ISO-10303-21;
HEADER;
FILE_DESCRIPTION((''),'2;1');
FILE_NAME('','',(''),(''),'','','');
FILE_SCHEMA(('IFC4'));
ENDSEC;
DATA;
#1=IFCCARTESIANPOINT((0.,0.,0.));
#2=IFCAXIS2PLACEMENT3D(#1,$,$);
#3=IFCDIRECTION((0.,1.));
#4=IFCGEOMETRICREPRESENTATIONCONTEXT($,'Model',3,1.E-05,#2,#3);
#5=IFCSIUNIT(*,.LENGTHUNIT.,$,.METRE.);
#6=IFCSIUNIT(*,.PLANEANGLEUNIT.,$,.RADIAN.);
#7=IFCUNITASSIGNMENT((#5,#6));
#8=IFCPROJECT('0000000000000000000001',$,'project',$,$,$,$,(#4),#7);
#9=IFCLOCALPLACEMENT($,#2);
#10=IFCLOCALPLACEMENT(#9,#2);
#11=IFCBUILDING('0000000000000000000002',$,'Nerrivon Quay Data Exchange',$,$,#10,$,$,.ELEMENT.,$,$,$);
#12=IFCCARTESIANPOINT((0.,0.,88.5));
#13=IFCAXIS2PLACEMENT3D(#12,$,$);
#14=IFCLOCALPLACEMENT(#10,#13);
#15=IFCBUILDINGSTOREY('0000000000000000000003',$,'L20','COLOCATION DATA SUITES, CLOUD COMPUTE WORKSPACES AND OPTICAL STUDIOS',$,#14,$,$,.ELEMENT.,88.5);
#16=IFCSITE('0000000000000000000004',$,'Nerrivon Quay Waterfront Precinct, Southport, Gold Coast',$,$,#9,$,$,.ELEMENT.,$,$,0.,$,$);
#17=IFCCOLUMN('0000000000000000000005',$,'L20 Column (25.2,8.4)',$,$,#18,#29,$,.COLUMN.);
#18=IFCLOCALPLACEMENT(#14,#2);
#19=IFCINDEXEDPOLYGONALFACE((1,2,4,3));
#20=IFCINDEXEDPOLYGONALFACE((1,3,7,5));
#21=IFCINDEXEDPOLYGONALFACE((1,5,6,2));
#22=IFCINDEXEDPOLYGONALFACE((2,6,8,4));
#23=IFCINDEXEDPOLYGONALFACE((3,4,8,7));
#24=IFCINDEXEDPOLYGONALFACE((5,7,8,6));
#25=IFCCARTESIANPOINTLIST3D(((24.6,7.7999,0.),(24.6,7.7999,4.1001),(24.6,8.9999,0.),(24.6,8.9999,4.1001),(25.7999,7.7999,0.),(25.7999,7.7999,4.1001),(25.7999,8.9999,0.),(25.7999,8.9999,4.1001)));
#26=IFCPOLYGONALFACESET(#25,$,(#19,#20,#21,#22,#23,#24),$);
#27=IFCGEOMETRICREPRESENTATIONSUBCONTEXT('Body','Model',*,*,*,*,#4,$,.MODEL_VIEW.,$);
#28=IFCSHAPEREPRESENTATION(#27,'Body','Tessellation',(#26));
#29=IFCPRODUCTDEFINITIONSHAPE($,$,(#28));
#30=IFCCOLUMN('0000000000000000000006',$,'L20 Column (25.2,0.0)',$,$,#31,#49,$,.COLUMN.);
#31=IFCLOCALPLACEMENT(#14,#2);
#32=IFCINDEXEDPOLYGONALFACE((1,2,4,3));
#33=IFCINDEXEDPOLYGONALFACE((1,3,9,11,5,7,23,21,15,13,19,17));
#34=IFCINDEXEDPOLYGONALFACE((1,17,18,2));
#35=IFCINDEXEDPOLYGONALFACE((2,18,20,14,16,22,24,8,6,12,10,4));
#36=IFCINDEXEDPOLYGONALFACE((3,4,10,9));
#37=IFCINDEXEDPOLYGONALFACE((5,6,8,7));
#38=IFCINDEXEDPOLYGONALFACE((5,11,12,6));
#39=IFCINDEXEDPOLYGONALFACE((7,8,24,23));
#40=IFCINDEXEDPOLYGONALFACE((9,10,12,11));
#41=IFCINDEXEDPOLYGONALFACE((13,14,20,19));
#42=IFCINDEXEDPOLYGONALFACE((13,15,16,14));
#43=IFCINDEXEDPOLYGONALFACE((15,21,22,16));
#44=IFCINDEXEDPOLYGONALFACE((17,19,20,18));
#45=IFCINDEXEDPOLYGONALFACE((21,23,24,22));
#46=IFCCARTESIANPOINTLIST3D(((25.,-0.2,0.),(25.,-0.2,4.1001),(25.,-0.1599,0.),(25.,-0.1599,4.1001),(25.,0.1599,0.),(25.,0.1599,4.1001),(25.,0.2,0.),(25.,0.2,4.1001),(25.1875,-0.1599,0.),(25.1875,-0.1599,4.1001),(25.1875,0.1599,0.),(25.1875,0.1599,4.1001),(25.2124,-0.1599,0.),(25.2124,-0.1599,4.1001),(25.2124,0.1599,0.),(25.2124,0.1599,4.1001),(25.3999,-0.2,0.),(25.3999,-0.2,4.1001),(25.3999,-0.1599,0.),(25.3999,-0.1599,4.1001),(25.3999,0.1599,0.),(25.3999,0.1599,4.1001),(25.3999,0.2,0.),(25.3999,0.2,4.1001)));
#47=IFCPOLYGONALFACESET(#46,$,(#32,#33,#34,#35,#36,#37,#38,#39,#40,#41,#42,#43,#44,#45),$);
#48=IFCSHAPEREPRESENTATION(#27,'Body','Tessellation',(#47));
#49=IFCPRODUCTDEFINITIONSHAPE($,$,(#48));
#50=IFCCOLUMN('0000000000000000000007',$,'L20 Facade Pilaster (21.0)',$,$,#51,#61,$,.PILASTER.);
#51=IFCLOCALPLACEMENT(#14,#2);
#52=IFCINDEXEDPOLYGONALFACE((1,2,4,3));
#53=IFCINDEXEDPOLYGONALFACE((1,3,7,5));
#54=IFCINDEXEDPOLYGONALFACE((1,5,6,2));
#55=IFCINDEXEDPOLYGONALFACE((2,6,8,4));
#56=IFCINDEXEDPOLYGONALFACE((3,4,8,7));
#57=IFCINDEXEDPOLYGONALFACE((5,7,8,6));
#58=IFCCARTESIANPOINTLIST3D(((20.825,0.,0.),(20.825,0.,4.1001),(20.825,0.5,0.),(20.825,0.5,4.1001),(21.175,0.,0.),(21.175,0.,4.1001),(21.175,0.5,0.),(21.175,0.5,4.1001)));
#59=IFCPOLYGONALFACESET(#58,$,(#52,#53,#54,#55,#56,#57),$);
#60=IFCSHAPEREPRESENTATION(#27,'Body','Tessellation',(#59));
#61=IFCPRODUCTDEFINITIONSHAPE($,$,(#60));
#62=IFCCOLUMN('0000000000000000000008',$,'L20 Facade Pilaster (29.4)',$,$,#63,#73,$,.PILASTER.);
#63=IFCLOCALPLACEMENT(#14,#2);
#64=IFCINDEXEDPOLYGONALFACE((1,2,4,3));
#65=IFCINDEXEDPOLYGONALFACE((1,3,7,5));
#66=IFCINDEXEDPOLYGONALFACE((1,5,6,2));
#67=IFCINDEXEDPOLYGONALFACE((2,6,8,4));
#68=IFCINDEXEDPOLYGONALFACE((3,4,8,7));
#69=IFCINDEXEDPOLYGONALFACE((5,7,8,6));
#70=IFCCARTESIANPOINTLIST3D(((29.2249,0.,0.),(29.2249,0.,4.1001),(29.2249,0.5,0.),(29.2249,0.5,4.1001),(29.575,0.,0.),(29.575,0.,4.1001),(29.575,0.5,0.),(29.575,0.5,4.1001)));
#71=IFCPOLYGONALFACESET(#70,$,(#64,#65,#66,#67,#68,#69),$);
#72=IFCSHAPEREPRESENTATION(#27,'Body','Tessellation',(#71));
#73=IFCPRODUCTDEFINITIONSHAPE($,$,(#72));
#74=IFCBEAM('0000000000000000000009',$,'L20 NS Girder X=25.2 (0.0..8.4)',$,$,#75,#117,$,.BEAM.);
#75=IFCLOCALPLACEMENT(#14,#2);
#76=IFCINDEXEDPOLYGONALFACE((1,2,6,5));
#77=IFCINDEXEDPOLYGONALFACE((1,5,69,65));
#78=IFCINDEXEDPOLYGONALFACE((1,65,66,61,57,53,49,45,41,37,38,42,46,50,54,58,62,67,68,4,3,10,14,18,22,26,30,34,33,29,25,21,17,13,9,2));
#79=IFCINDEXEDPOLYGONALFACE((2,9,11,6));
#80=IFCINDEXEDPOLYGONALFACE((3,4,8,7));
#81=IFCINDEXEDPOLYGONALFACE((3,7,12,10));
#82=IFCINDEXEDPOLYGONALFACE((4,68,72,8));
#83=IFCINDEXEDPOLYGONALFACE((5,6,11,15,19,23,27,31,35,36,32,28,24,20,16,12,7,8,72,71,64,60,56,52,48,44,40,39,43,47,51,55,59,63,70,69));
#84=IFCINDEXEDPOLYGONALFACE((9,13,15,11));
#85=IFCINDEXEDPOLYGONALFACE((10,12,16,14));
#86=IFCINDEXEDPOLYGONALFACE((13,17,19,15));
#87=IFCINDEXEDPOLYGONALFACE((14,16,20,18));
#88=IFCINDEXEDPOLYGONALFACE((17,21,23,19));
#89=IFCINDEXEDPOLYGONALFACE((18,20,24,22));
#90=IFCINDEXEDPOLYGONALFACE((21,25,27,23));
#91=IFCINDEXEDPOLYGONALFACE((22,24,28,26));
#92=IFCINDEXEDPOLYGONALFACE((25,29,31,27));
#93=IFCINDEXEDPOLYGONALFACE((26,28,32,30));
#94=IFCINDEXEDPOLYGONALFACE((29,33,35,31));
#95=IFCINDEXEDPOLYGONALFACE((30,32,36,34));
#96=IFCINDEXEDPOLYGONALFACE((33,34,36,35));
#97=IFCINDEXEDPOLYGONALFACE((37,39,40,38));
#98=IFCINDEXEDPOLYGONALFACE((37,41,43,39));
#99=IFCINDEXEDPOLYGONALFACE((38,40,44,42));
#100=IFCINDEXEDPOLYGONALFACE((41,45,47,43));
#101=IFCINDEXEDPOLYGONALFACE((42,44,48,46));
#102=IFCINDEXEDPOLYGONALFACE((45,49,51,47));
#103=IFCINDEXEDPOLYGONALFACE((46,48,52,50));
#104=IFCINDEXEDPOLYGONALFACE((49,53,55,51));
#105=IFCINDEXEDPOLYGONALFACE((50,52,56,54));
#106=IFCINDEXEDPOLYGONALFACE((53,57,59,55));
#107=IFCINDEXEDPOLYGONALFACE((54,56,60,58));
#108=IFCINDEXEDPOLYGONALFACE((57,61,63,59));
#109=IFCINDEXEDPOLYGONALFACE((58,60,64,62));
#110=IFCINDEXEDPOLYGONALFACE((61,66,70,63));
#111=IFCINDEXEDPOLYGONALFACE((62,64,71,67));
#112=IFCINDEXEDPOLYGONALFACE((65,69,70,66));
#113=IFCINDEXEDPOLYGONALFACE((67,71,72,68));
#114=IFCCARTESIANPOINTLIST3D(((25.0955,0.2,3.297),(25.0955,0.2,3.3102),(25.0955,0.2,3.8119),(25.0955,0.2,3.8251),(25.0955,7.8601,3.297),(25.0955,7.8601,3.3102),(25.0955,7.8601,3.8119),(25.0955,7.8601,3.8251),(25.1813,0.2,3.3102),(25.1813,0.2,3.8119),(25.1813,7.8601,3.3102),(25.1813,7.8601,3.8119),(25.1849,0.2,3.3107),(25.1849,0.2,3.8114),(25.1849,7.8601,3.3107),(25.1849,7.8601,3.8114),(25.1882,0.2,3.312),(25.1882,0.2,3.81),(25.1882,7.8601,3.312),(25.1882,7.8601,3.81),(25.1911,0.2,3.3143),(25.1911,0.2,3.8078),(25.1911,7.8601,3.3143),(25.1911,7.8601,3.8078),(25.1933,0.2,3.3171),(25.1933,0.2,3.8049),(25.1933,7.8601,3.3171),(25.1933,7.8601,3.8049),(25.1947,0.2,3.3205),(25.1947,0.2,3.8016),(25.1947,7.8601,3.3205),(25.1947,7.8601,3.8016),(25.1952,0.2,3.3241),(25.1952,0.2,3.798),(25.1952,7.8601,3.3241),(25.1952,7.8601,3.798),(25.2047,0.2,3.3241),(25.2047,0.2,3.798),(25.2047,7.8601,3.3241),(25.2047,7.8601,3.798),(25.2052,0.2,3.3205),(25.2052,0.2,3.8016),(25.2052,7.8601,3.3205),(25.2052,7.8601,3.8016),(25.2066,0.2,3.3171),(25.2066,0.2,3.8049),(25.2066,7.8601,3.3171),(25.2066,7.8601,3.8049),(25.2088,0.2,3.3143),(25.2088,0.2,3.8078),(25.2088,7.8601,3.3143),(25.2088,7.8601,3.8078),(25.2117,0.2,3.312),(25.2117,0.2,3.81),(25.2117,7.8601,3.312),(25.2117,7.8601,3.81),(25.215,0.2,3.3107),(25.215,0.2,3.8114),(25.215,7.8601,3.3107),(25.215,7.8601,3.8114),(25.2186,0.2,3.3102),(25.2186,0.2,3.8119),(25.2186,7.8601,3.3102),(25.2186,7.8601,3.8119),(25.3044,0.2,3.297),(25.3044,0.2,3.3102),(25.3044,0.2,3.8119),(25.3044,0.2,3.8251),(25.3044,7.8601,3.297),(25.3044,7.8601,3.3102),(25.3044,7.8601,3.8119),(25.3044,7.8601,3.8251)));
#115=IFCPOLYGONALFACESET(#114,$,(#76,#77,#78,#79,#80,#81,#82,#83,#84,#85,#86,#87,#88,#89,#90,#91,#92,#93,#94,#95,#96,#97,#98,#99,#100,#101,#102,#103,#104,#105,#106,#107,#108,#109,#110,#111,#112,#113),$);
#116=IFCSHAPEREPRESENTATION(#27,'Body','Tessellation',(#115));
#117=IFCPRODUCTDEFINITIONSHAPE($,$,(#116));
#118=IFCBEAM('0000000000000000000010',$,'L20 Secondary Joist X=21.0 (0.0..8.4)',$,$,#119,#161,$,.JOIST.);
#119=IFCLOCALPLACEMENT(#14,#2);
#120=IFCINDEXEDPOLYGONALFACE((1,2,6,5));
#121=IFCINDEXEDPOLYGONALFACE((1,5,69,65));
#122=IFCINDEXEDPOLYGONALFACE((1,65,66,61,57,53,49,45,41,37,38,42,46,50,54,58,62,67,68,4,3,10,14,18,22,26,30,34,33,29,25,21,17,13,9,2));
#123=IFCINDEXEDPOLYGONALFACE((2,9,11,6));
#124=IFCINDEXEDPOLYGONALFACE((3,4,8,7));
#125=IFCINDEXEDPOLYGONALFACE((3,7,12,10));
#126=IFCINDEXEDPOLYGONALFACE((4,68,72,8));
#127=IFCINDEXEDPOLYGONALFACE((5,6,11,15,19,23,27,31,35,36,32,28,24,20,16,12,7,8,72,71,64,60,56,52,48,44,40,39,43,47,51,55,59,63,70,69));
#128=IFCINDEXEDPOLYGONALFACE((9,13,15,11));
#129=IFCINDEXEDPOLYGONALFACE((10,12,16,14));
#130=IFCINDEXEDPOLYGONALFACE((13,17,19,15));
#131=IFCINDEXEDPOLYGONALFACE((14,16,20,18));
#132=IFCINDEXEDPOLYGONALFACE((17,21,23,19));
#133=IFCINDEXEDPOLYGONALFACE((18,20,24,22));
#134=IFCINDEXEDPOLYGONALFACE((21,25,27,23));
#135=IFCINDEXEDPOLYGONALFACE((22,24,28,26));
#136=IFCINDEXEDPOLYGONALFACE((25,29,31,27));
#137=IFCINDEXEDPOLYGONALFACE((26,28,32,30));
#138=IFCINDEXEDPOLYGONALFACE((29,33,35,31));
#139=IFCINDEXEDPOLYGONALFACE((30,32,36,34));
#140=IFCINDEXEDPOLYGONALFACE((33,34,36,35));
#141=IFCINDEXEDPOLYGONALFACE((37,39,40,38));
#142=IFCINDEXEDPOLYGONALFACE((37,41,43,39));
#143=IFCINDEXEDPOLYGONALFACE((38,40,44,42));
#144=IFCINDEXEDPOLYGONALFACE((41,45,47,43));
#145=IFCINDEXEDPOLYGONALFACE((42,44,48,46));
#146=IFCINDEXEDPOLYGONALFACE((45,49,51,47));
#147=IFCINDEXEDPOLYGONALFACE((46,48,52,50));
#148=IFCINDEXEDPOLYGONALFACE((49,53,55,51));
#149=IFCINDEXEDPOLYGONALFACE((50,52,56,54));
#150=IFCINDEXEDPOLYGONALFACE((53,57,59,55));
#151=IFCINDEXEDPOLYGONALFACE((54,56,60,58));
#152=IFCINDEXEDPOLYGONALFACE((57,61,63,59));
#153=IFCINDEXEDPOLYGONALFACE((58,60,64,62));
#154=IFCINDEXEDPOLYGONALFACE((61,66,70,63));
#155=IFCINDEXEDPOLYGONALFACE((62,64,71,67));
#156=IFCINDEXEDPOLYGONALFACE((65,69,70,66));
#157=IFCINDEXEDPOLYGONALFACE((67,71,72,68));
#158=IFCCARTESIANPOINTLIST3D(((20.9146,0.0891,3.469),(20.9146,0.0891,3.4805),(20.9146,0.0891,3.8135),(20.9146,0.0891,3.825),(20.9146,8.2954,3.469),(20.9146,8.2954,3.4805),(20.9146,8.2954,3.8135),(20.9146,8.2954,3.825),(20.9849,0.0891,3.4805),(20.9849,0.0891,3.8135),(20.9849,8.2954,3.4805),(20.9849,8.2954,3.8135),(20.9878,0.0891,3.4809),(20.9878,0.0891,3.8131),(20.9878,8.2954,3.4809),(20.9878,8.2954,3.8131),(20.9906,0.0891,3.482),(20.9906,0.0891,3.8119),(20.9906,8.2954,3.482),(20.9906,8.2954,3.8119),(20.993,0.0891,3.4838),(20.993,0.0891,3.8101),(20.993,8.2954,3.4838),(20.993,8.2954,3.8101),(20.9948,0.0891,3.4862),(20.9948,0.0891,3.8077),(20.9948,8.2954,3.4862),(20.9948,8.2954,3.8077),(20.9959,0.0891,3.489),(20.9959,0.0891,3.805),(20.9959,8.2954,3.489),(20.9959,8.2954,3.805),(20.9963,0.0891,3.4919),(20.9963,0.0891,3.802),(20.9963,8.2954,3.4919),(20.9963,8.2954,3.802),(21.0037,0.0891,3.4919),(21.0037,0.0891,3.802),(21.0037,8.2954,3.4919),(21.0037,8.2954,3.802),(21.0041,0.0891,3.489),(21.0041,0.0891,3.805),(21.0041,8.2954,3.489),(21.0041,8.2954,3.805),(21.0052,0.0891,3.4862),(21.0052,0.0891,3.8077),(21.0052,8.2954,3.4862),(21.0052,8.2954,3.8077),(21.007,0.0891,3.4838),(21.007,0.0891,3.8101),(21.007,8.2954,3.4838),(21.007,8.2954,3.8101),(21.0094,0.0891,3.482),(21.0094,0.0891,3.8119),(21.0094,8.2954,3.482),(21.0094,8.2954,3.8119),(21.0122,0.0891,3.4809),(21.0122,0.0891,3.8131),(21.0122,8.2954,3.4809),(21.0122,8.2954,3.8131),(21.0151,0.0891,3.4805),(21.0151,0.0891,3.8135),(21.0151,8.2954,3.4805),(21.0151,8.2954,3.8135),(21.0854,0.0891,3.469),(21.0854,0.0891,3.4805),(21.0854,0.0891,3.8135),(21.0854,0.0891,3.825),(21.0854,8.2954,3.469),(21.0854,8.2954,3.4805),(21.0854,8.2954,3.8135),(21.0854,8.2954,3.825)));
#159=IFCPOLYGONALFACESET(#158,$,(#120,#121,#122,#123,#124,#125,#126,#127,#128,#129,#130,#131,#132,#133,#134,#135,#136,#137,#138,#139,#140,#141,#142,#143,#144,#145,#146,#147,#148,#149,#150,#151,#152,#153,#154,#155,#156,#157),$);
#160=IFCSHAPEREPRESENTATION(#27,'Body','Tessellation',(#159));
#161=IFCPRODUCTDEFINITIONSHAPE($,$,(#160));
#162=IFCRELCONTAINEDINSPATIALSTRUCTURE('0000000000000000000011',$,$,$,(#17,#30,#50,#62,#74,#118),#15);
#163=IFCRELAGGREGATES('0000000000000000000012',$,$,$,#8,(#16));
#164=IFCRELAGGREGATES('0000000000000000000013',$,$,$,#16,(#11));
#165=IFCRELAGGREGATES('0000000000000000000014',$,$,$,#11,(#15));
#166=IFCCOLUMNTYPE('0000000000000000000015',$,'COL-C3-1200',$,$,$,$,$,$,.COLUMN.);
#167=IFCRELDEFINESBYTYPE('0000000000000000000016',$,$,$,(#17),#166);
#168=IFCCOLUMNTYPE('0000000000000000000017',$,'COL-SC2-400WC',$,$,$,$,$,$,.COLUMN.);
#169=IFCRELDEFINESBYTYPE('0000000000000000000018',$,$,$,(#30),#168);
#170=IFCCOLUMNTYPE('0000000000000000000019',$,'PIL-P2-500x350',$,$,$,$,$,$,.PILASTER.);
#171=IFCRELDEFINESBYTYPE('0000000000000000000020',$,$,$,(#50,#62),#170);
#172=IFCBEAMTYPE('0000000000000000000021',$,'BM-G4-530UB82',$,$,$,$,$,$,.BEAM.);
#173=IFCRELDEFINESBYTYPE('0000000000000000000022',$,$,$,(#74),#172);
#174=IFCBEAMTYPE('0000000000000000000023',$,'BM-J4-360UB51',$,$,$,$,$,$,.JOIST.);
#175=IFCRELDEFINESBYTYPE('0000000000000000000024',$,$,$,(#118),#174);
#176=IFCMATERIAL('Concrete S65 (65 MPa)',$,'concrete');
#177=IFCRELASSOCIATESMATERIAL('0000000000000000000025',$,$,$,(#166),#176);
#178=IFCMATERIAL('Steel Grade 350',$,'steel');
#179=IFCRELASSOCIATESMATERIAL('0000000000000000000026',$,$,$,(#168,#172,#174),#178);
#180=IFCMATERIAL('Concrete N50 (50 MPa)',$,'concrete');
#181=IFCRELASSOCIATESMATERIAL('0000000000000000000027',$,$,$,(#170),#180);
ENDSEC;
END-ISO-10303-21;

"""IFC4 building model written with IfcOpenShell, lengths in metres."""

from ifc_helpers import new_model, si_unit, direction, frame, origin, origin_2d, place, context, subcontext, project, spatial, rectangle, i_section, extrude, material, material_profile, profile_set, type_object, element, save


model = new_model("IFC4")

# Units and contexts
model_context = context("Model", 3, precision=1e-05, world=origin(), true_north=direction((0.0, 1.0)))
body_context = subcontext(model_context, "Body", "Model", "MODEL_VIEW")
ifc_project = project(units=[si_unit("LENGTHUNIT", "METRE"), si_unit("PLANEANGLEUNIT", "RADIAN")], contexts=[model_context])

# Site, building, storey
site_placement = place(None, origin())
site = spatial("IfcSite", under=ifc_project, at=site_placement, Name="Nerrivon Quay Waterfront Precinct, Southport, Gold Coast", CompositionType="ELEMENT", RefElevation=0.0)
building_placement = place(site_placement, origin())
building = spatial("IfcBuilding", under=site, at=building_placement, Name="Nerrivon Quay Data Exchange", CompositionType="ELEMENT")
storey_placement = place(building_placement, frame((0.0, 0.0, 88.5)))
storey = spatial("IfcBuildingStorey", under=building, at=storey_placement, Name="L20", Description="COLOCATION DATA SUITES, CLOUD COMPUTE WORKSPACES AND OPTICAL STUDIOS", CompositionType="ELEMENT", Elevation=88.5)

# Columns
ifc_material_1 = material(Name="Concrete S65 (65 MPa)", Category="concrete")
ifc_material_profile_1 = material_profile(ifc_material_1, rectangle(XDim=1.2, YDim=1.2, at=origin_2d()), Name="RC-COL-1200x1200")
ifc_profile_set_1 = profile_set([ifc_material_profile_1], Name="Concrete S65 (65 MPa)")
column_type_1 = type_object("IfcColumnType", Name="COL-C3-1200", PredefinedType="COLUMN", material=ifc_profile_set_1)
column_1_placement = place(storey_placement, frame((25.2, 8.3999, 0.0), z_axis=(0.0, 0.0, 1.0), x_axis=(1.0, 0.0, 0.0)))
element("IfcColumn", 1, at=column_1_placement, inside=storey, type_object=column_type_1, Name="L20 Column (25.2,8.4)", PredefinedType="COLUMN", context=body_context, shape_type="SweptSolid", body=[
    extrude(rectangle(XDim=1.2, YDim=1.2, at=origin_2d()), origin(), (0.0, 0.0, 1.0), 4.1001),
])
ifc_material_2 = material(Name="Steel Grade 350", Category="steel")
ifc_material_profile_2 = material_profile(ifc_material_2, i_section(OverallWidth=0.3999, OverallDepth=0.3999, WebThickness=0.0249, FlangeThickness=0.04, at=origin_2d()), Name="400WC328")
ifc_profile_set_2 = profile_set([ifc_material_profile_2], Name="Steel Grade 350")
column_type_2 = type_object("IfcColumnType", Name="COL-SC2-400WC", PredefinedType="COLUMN", material=ifc_profile_set_2)
column_2_placement = place(storey_placement, frame((25.2, 0.0, 0.0), z_axis=(0.0, 0.0, 1.0), x_axis=(1.0, 0.0, 0.0)))
element("IfcColumn", 2, at=column_2_placement, inside=storey, type_object=column_type_2, Name="L20 Column (25.2,0.0)", PredefinedType="COLUMN", context=body_context, shape_type="SweptSolid", body=[
    extrude(i_section(OverallWidth=0.3999, OverallDepth=0.3999, WebThickness=0.0249, FlangeThickness=0.04, at=origin_2d()), origin(), (0.0, 0.0, 1.0), 4.1001),
])
ifc_material_3 = material(Name="Concrete N50 (50 MPa)", Category="concrete")
ifc_material_profile_3 = material_profile(ifc_material_3, rectangle(XDim=0.3501, YDim=0.5, at=origin_2d()), Name="RC-PIL-500x350")
ifc_profile_set_3 = profile_set([ifc_material_profile_3], Name="Concrete N50 (50 MPa)")
column_type_3 = type_object("IfcColumnType", Name="PIL-P2-500x350", PredefinedType="PILASTER", material=ifc_profile_set_3)
for number, where, z_axis, x_axis, name in (
    (3, (21.0, 0.25, 0.0), (0.0, 0.0, 1.0), (1.0, 0.0, 0.0), "L20 Facade Pilaster (21.0)"),
    (4, (29.3999, 0.25, 0.0), (0.0, 0.0, 1.0), (1.0, 0.0, 0.0), "L20 Facade Pilaster (29.4)"),
):
    element("IfcColumn", number, at=place(storey_placement, frame(where, z_axis=z_axis, x_axis=x_axis)), inside=storey, type_object=column_type_3, Name=name, PredefinedType="PILASTER", context=body_context, shape_type="SweptSolid", body=[
        extrude(rectangle(XDim=0.3501, YDim=0.5, at=origin_2d()), origin(), (0.0, 0.0, 1.0), 4.1001),
    ])

# Beams
ifc_material_profile_4 = material_profile(ifc_material_2, i_section(OverallWidth=0.209, OverallDepth=0.5281, WebThickness=0.0095, FlangeThickness=0.0132, FilletRadius=0.0139, at=origin_2d()), Name="530UB82.0")
ifc_profile_set_4 = profile_set([ifc_material_profile_4], Name="Steel Grade 350")
beam_type_1 = type_object("IfcBeamType", Name="BM-G4-530UB82", PredefinedType="BEAM", material=ifc_profile_set_4)
beam_1_placement = place(storey_placement, frame((25.2, 0.2, 3.561), z_axis=(0.0, 1.0, 0.0), x_axis=(-1.0, 0.0, 0.0)))
element("IfcBeam", 5, at=beam_1_placement, inside=storey, type_object=beam_type_1, Name="L20 NS Girder X=25.2 (0.0..8.4)", PredefinedType="BEAM", context=body_context, shape_type="SweptSolid", body=[
    extrude(i_section(OverallWidth=0.209, OverallDepth=0.5281, WebThickness=0.0095, FlangeThickness=0.0132, FilletRadius=0.0139, at=origin_2d()), origin(), (0.0, 0.0, 1.0), 7.6602),
])
ifc_material_profile_5 = material_profile(ifc_material_2, i_section(OverallWidth=0.1709, OverallDepth=0.356, WebThickness=0.0073, FlangeThickness=0.0115, FilletRadius=0.0115, at=origin_2d()), Name="360UB50.7")
ifc_profile_set_5 = profile_set([ifc_material_profile_5], Name="Steel Grade 350")
beam_type_2 = type_object("IfcBeamType", Name="BM-J4-360UB51", PredefinedType="JOIST", material=ifc_profile_set_5)
for number, where, z_axis, x_axis, name in (
    (6, (21.0, 0.0891, 3.647), (0.0, 1.0, 0.0), (-1.0, 0.0, 0.0), "L20 Secondary Joist X=21.0 (0.0..8.4)"),
):
    element("IfcBeam", number, at=place(storey_placement, frame(where, z_axis=z_axis, x_axis=x_axis)), inside=storey, type_object=beam_type_2, Name=name, PredefinedType="JOIST", context=body_context, shape_type="SweptSolid", body=[
        extrude(i_section(OverallWidth=0.1709, OverallDepth=0.356, WebThickness=0.0073, FlangeThickness=0.0115, FilletRadius=0.0115, at=origin_2d()), origin(), (0.0, 0.0, 1.0), 8.2063),
    ])

save(model, "model.ifc")
